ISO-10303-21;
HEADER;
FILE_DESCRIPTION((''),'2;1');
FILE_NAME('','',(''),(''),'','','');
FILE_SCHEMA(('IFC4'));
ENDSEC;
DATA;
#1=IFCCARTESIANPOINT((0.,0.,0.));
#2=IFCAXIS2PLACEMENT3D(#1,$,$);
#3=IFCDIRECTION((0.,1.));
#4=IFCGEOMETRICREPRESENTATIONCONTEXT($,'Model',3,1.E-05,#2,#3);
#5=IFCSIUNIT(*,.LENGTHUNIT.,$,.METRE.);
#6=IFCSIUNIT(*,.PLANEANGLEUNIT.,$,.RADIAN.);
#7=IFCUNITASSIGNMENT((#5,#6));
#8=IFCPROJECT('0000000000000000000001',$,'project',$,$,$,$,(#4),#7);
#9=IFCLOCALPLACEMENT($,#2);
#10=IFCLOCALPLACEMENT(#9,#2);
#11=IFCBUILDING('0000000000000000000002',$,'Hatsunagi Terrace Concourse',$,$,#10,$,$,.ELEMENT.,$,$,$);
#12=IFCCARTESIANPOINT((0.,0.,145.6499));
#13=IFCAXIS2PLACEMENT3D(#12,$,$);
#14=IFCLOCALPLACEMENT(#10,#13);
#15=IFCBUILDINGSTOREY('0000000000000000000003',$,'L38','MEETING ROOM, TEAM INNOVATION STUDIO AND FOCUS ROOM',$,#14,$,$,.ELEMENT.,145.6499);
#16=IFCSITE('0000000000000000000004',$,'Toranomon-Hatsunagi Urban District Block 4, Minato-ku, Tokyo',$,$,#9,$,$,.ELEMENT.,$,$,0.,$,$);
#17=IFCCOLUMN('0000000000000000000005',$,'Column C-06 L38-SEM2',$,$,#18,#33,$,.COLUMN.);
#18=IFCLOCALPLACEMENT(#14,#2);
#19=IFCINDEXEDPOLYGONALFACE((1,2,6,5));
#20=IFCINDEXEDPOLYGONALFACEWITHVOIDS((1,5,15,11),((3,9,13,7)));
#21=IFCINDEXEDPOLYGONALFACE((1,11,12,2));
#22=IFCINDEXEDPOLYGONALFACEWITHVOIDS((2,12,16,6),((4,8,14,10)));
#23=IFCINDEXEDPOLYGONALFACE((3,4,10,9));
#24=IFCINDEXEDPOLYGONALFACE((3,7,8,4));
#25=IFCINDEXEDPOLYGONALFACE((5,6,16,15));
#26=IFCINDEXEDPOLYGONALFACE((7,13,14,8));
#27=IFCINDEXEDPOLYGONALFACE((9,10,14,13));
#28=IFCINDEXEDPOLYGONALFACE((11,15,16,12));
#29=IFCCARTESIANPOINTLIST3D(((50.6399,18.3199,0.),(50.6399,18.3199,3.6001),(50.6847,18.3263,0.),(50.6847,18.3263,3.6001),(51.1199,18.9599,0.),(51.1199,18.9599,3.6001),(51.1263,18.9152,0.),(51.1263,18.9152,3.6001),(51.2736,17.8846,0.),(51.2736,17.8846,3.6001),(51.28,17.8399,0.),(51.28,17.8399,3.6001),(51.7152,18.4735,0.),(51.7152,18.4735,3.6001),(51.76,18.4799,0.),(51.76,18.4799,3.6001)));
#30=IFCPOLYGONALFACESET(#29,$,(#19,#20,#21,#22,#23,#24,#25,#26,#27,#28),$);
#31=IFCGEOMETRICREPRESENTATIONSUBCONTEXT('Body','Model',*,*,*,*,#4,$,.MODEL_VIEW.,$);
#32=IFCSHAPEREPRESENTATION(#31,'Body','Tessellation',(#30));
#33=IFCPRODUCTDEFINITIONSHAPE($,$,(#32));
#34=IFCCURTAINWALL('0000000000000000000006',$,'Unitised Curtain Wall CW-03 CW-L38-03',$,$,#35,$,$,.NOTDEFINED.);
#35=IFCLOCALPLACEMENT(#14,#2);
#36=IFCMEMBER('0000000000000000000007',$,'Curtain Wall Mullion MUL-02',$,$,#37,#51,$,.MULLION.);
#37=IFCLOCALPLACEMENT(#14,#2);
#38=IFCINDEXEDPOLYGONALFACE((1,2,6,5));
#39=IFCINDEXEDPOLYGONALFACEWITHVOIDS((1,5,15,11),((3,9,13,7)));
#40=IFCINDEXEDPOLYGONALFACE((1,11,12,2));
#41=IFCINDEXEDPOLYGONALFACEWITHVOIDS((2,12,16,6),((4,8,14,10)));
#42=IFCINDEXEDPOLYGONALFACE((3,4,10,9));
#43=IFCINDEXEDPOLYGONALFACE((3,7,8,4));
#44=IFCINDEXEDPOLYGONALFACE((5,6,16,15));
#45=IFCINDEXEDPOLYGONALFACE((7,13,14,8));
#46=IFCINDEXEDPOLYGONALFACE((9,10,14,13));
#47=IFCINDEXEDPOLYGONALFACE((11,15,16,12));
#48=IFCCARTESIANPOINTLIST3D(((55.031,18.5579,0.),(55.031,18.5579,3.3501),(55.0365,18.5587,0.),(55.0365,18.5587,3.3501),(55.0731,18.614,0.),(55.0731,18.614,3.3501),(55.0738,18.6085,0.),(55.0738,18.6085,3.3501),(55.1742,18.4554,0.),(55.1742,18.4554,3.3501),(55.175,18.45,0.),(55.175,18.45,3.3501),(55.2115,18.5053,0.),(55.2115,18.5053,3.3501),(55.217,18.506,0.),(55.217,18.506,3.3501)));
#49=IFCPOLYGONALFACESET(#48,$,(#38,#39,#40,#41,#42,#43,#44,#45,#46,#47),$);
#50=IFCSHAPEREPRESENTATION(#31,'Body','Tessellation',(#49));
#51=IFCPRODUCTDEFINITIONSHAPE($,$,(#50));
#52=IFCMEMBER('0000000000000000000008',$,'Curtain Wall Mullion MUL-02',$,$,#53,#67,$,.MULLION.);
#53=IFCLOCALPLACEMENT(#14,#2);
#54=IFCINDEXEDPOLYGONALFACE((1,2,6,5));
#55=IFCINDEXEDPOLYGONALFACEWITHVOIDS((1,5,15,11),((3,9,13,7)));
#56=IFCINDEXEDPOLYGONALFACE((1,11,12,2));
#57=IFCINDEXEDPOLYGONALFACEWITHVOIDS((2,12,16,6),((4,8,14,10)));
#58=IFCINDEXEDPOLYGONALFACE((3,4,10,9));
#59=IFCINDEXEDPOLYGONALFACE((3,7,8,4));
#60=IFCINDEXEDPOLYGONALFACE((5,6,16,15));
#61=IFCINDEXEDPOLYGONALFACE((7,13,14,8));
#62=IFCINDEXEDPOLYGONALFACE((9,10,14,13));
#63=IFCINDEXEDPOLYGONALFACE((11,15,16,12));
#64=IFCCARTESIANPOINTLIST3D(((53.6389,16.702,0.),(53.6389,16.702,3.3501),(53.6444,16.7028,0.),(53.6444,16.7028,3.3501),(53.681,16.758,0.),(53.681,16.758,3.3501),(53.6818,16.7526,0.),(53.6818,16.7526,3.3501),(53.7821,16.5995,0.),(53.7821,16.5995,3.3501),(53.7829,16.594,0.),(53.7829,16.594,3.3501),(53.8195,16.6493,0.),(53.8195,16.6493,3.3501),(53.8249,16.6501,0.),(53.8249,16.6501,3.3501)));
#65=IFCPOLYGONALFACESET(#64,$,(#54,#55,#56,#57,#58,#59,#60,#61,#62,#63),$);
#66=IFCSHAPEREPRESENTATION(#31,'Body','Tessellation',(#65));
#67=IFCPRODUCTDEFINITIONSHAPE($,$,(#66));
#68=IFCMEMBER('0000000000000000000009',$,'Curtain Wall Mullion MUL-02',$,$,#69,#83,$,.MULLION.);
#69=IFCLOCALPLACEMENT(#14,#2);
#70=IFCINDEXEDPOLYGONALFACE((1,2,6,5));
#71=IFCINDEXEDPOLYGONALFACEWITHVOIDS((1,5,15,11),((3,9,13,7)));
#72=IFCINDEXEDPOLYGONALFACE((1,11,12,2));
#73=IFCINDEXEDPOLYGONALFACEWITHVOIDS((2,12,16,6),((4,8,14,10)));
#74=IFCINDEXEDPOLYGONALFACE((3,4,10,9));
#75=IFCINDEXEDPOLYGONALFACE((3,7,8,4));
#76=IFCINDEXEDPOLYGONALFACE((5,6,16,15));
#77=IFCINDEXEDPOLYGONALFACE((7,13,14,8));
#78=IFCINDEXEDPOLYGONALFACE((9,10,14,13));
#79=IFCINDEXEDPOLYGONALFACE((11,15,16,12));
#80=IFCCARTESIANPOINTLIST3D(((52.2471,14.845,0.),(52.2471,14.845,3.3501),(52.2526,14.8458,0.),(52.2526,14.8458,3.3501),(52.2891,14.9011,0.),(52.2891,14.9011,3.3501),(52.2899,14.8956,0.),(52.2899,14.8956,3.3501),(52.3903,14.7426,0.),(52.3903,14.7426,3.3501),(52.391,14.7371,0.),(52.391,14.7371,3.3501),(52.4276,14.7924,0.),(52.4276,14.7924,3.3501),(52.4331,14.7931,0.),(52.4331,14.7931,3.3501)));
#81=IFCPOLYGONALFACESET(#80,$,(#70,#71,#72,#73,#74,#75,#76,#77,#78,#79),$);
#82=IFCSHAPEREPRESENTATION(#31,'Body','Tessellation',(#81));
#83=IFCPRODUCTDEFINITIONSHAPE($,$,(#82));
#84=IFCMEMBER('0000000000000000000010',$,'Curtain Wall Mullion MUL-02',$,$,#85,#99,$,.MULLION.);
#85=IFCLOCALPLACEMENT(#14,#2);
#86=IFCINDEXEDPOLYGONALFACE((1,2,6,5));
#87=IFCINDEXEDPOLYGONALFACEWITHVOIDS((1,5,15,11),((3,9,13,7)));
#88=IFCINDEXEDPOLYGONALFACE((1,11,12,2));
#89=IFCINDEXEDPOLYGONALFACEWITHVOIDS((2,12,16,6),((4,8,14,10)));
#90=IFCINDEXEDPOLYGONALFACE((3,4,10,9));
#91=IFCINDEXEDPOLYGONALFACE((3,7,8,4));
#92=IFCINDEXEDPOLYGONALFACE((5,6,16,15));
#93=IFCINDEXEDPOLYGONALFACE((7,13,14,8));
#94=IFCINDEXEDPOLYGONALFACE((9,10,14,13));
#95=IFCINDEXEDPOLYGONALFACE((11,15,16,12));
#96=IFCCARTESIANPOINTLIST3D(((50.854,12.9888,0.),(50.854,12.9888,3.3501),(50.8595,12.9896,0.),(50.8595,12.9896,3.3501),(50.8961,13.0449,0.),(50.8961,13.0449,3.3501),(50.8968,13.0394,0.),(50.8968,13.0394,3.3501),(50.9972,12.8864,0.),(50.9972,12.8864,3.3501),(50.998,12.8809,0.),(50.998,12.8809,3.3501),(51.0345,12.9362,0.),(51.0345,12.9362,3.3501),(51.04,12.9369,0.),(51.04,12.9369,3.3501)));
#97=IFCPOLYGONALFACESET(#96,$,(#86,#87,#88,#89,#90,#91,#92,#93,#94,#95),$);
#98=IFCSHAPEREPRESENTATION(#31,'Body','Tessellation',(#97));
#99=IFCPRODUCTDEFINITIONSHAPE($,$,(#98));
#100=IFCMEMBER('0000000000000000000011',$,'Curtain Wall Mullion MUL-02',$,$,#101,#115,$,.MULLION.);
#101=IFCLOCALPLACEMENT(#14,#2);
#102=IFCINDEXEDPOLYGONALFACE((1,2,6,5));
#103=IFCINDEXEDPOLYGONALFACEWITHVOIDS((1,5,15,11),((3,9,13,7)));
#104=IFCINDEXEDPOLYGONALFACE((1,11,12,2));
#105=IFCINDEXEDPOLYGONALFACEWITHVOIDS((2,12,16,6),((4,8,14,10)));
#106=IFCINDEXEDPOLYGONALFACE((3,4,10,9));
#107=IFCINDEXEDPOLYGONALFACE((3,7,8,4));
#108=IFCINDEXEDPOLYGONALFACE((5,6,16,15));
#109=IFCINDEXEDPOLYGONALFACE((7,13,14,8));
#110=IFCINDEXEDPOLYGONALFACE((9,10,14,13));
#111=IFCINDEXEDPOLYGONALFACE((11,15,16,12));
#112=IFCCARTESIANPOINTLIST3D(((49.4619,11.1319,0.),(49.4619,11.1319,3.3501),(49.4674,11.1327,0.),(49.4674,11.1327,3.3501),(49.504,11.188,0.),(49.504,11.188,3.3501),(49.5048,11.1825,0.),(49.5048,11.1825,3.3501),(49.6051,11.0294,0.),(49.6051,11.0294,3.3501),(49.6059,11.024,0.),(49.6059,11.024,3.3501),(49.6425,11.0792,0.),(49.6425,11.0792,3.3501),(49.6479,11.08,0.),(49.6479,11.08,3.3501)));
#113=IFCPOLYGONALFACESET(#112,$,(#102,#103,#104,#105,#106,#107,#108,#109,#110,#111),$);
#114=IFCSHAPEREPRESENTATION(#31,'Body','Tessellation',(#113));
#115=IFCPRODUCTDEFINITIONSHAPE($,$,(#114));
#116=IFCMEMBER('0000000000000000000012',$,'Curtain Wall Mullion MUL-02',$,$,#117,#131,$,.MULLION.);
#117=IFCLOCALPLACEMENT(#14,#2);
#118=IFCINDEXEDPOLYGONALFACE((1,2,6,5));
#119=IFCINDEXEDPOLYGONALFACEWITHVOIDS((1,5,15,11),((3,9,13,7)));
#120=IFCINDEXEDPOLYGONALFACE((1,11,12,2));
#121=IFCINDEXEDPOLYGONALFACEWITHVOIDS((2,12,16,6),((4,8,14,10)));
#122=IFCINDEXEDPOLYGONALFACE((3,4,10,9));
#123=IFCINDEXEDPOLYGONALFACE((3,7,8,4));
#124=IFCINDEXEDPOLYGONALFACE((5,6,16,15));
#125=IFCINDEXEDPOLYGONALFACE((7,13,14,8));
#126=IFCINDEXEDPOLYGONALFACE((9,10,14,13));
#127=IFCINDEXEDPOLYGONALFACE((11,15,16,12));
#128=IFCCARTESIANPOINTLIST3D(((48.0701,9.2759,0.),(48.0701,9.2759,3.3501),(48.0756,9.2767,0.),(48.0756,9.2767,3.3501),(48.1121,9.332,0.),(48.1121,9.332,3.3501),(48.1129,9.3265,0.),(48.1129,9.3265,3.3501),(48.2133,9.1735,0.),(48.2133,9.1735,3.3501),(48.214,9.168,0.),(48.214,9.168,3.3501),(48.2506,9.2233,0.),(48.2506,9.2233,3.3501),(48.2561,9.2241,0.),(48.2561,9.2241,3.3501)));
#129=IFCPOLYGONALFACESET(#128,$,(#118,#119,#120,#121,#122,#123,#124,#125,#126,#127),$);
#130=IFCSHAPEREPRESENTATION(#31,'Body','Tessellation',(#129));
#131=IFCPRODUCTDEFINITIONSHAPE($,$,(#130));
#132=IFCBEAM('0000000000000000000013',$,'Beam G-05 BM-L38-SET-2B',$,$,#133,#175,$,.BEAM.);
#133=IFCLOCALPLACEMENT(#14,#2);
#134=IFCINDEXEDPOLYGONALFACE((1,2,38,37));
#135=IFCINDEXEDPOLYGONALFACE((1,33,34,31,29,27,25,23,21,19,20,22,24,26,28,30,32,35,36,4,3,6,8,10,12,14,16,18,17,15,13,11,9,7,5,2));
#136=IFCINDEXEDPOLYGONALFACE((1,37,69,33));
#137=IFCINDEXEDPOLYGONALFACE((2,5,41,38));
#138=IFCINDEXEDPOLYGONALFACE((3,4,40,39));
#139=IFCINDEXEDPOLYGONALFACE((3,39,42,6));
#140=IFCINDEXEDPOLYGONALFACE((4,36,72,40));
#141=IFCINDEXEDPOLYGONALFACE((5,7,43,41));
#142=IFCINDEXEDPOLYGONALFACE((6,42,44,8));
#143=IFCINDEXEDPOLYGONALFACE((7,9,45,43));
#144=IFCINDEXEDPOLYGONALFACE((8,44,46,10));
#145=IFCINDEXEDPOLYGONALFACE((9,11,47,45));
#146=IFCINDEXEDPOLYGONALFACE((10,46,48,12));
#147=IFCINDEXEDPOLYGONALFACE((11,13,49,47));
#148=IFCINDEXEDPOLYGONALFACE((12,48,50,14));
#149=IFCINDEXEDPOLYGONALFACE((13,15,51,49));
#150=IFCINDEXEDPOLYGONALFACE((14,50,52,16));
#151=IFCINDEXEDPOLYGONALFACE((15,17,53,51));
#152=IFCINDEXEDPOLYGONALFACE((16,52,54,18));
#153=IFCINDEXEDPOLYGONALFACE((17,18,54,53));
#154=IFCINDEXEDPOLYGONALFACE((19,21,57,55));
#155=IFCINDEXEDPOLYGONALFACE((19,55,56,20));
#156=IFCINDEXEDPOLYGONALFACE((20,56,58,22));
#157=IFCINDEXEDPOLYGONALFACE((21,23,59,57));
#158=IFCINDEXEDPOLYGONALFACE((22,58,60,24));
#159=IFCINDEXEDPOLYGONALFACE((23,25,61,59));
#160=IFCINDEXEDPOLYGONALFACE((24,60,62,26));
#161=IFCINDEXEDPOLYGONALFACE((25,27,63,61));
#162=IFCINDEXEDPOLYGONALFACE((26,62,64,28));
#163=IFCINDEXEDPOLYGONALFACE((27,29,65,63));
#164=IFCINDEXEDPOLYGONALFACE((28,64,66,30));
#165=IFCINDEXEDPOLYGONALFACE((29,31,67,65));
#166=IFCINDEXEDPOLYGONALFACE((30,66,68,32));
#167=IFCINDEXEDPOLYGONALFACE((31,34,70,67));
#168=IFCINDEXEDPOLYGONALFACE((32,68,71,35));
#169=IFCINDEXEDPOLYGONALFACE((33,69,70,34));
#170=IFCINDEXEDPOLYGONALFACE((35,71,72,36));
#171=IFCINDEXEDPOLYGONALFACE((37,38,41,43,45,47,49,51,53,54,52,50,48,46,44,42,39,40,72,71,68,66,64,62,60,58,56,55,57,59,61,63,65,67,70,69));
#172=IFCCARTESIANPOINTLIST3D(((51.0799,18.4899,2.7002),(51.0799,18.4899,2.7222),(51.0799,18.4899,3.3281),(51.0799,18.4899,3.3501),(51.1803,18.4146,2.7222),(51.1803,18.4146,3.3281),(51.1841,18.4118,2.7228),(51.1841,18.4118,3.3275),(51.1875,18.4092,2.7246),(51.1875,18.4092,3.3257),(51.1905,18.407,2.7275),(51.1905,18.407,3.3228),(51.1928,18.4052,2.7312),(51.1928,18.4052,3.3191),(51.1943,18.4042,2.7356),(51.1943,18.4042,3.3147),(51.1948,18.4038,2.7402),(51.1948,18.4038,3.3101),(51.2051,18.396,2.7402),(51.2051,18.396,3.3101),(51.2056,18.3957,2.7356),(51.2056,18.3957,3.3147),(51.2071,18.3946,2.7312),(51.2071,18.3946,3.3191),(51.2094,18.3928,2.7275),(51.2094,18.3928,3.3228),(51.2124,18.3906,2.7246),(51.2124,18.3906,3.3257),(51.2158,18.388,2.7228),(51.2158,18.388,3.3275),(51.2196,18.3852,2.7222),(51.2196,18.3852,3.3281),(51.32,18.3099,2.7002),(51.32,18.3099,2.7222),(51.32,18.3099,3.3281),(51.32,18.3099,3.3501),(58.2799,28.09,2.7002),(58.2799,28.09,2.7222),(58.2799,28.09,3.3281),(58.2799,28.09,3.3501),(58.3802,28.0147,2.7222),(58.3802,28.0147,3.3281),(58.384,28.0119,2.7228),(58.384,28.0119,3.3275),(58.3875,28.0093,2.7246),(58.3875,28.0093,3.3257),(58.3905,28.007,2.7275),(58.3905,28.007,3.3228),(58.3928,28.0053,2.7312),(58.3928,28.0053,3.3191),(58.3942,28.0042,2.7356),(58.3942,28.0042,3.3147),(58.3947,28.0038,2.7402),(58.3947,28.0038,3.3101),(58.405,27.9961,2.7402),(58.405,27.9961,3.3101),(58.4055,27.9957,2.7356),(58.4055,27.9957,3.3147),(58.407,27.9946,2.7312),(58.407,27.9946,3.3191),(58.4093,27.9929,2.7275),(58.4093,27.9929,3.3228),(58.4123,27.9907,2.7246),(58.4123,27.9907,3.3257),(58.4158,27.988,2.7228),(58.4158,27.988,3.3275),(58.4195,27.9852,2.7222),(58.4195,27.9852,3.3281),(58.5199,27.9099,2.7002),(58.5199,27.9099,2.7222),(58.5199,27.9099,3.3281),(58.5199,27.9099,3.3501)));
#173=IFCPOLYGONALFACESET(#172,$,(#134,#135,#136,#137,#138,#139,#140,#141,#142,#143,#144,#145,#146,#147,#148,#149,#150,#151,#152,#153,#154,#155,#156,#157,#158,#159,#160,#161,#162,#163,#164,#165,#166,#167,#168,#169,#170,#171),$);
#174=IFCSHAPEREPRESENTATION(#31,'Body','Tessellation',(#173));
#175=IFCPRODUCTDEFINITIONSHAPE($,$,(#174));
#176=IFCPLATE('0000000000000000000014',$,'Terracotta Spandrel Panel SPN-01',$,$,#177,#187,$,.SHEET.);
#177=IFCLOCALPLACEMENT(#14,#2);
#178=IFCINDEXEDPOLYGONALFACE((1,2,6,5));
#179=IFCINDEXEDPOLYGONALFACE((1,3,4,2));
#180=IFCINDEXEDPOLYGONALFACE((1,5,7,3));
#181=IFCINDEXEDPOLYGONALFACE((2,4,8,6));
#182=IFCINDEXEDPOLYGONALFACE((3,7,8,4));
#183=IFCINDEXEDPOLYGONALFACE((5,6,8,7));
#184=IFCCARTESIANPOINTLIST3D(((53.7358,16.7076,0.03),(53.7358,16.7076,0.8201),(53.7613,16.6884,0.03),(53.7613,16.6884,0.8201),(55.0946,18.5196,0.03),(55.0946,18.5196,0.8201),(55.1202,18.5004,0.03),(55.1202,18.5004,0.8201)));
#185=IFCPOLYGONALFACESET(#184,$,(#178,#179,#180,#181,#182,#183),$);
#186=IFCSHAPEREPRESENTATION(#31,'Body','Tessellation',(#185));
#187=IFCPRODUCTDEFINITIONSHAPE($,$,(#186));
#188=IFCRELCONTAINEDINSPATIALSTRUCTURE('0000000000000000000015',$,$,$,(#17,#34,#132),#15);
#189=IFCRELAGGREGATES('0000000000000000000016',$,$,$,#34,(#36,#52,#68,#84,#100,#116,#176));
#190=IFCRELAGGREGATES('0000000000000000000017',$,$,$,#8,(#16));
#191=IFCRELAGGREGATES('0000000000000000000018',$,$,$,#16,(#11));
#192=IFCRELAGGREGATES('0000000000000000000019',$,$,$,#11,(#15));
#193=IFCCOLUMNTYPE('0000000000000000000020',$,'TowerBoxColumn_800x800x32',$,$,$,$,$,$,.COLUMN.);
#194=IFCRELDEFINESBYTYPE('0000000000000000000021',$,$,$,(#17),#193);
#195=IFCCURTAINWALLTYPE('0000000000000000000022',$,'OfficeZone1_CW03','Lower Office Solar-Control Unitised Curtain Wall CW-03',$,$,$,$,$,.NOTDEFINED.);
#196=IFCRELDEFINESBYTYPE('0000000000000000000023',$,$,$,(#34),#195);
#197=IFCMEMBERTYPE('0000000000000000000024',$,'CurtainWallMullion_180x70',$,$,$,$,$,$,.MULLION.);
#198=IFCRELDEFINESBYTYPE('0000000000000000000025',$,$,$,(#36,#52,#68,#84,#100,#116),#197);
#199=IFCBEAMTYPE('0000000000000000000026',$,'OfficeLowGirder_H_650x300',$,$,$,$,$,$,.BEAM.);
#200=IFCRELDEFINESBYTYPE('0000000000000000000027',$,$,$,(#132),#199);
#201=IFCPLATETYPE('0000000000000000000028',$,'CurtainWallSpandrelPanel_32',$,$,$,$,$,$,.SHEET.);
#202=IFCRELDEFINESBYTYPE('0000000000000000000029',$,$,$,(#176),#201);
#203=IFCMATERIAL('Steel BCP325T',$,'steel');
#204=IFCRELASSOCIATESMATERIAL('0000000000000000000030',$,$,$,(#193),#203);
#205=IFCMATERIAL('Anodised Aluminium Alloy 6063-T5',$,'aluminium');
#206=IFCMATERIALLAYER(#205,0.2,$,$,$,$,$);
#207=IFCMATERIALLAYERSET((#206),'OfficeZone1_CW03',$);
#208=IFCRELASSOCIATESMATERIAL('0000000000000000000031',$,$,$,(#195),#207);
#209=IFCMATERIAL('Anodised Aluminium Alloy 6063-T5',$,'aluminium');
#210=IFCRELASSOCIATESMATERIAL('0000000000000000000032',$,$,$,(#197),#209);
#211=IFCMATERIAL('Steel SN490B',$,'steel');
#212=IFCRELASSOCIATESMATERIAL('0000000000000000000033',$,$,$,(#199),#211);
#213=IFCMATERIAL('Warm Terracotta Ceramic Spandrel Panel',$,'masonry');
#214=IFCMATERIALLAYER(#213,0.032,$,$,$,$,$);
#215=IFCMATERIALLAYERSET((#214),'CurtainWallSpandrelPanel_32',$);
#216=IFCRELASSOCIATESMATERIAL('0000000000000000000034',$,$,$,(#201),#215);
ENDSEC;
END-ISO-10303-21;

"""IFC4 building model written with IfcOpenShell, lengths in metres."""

from ifc_helpers import new_model, si_unit, direction, frame, origin, origin_2d, place, context, subcontext, project, spatial, rectangle, hollow_rectangle, i_section, extrude, material, layer, layer_set, material_profile, profile_set, type_object, element, aggregate, save


model = new_model("IFC4")

# Units and contexts
model_context = context("Model", 3, precision=1e-05, world=origin(), true_north=direction((0.0, 1.0)))
body_context = subcontext(model_context, "Body", "Model", "MODEL_VIEW")
ifc_project = project(units=[si_unit("LENGTHUNIT", "METRE"), si_unit("PLANEANGLEUNIT", "RADIAN")], contexts=[model_context])

# Site, building, storey
site_placement = place(None, origin())
site = spatial("IfcSite", under=ifc_project, at=site_placement, Name="Toranomon-Hatsunagi Urban District Block 4, Minato-ku, Tokyo", CompositionType="ELEMENT", RefElevation=0.0)
building_placement = place(site_placement, origin())
building = spatial("IfcBuilding", under=site, at=building_placement, Name="Hatsunagi Terrace Concourse", CompositionType="ELEMENT")
storey_placement = place(building_placement, frame((0.0, 0.0, 145.6499)))
storey = spatial("IfcBuildingStorey", under=building, at=storey_placement, Name="L38", Description="MEETING ROOM, TEAM INNOVATION STUDIO AND FOCUS ROOM", CompositionType="ELEMENT", Elevation=145.6499)

# Column
ifc_material_1 = material(Name="Steel BCP325T", Category="steel")
ifc_material_profile_1 = material_profile(ifc_material_1, hollow_rectangle(XDim=0.8, YDim=0.8, WallThickness=0.032, at=origin_2d()), Name="BCP-800x800x32")
ifc_profile_set_1 = profile_set([ifc_material_profile_1], Name="Steel BCP325T")
column_type = type_object("IfcColumnType", Name="TowerBoxColumn_800x800x32", PredefinedType="COLUMN", material=ifc_profile_set_1)
column_placement = place(storey_placement, frame((51.2, 18.3999, 0.0), z_axis=(0.0, 0.0, 1.0), x_axis=(0.8, -0.6, 0.0)))
element("IfcColumn", 1, at=column_placement, inside=storey, type_object=column_type, Name="Column C-06 L38-SEM2", PredefinedType="COLUMN", context=body_context, shape_type="SweptSolid", body=[
    extrude(hollow_rectangle(XDim=0.8, YDim=0.8, WallThickness=0.032, at=origin_2d()), origin(), (0.0, 0.0, 1.0), 3.6001),
])

# Curtain wall, members
ifc_material_2 = material(Name="Anodised Aluminium Alloy 6063-T5", Category="aluminium")
ifc_layer_1 = layer(ifc_material_2, 0.2)
ifc_layer_set_1 = layer_set([ifc_layer_1], Name="OfficeZone1_CW03")
curtain_wall_type = type_object("IfcCurtainWallType", Name="OfficeZone1_CW03", Description="Lower Office Solar-Control Unitised Curtain Wall CW-03", PredefinedType="NOTDEFINED", material=ifc_layer_set_1)
curtain_wall_placement = place(storey_placement, origin())
curtain_wall = element("IfcCurtainWall", 2, at=curtain_wall_placement, inside=storey, type_object=curtain_wall_type, Name="Unitised Curtain Wall CW-03 CW-L38-03", PredefinedType="NOTDEFINED")
ifc_material_3 = material(Name="Anodised Aluminium Alloy 6063-T5", Category="aluminium")
ifc_material_profile_2 = material_profile(ifc_material_3, hollow_rectangle(XDim=0.0701, YDim=0.1799, WallThickness=0.0039, at=origin_2d()), Name="ALU-MUL-180x70x4")
ifc_profile_set_2 = profile_set([ifc_material_profile_2], Name="Anodised Aluminium Alloy 6063-T5")
member_type = type_object("IfcMemberType", Name="CurtainWallMullion_180x70", PredefinedType="MULLION", material=ifc_profile_set_2)
member_1_placement = place(storey_placement, frame((55.124, 18.532, 0.0), z_axis=(0.0, 0.0, 1.0), x_axis=(-0.599969, -0.800023, 0.0)))
member_1 = element("IfcMember", 3, at=member_1_placement, type_object=member_type, Name="Curtain Wall Mullion MUL-02", PredefinedType="MULLION", context=body_context, shape_type="SweptSolid", body=[
    extrude(hollow_rectangle(XDim=0.0701, YDim=0.1799, WallThickness=0.0039, at=origin_2d()), origin(), (0.0, 0.0, 1.0), 3.3501),
])
member_2_placement = place(storey_placement, frame((53.7319, 16.676, 0.0), z_axis=(0.0, 0.0, 1.0), x_axis=(-0.599969, -0.800023, 0.0)))
member_2 = element("IfcMember", 4, at=member_2_placement, type_object=member_type, Name="Curtain Wall Mullion MUL-02", PredefinedType="MULLION", context=body_context, shape_type="SweptSolid", body=[
    extrude(hollow_rectangle(XDim=0.0701, YDim=0.1799, WallThickness=0.0039, at=origin_2d()), origin(), (0.0, 0.0, 1.0), 3.3501),
])
member_3_placement = place(storey_placement, frame((52.3401, 14.8191, 0.0), z_axis=(0.0, 0.0, 1.0), x_axis=(-0.599969, -0.800023, 0.0)))
member_3 = element("IfcMember", 5, at=member_3_placement, type_object=member_type, Name="Curtain Wall Mullion MUL-02", PredefinedType="MULLION", context=body_context, shape_type="SweptSolid", body=[
    extrude(hollow_rectangle(XDim=0.0701, YDim=0.1799, WallThickness=0.0039, at=origin_2d()), origin(), (0.0, 0.0, 1.0), 3.3501),
])
member_4_placement = place(storey_placement, frame((50.947, 12.9629, 0.0), z_axis=(0.0, 0.0, 1.0), x_axis=(-0.599969, -0.800023, 0.0)))
member_4 = element("IfcMember", 6, at=member_4_placement, type_object=member_type, Name="Curtain Wall Mullion MUL-02", PredefinedType="MULLION", context=body_context, shape_type="SweptSolid", body=[
    extrude(hollow_rectangle(XDim=0.0701, YDim=0.1799, WallThickness=0.0039, at=origin_2d()), origin(), (0.0, 0.0, 1.0), 3.3501),
])
member_5_placement = place(storey_placement, frame((49.5549, 11.106, 0.0), z_axis=(0.0, 0.0, 1.0), x_axis=(-0.599969, -0.800023, 0.0)))
member_5 = element("IfcMember", 7, at=member_5_placement, type_object=member_type, Name="Curtain Wall Mullion MUL-02", PredefinedType="MULLION", context=body_context, shape_type="SweptSolid", body=[
    extrude(hollow_rectangle(XDim=0.0701, YDim=0.1799, WallThickness=0.0039, at=origin_2d()), origin(), (0.0, 0.0, 1.0), 3.3501),
])
member_6_placement = place(storey_placement, frame((48.1631, 9.25, 0.0), z_axis=(0.0, 0.0, 1.0), x_axis=(-0.599969, -0.800023, 0.0)))
member_6 = element("IfcMember", 8, at=member_6_placement, type_object=member_type, Name="Curtain Wall Mullion MUL-02", PredefinedType="MULLION", context=body_context, shape_type="SweptSolid", body=[
    extrude(hollow_rectangle(XDim=0.0701, YDim=0.1799, WallThickness=0.0039, at=origin_2d()), origin(), (0.0, 0.0, 1.0), 3.3501),
])

# Beam
ifc_material_4 = material(Name="Steel SN490B", Category="steel")
ifc_material_profile_3 = material_profile(ifc_material_4, i_section(OverallWidth=0.3, OverallDepth=0.6499, WebThickness=0.0129, FlangeThickness=0.022, FilletRadius=0.0181, at=origin_2d()), Name="H-650x300x13x22")
ifc_profile_set_3 = profile_set([ifc_material_profile_3], Name="Steel SN490B")
beam_type = type_object("IfcBeamType", Name="OfficeLowGirder_H_650x300", PredefinedType="BEAM", material=ifc_profile_set_3)
beam_placement = place(storey_placement, frame((51.2, 18.3999, 3.0251), z_axis=(0.599993, 0.800005, 0.0), x_axis=(-0.800005, 0.599993, 0.0)))
element("IfcBeam", 9, at=beam_placement, inside=storey, type_object=beam_type, Name="Beam G-05 BM-L38-SET-2B", PredefinedType="BEAM", context=body_context, shape_type="SweptSolid", body=[
    extrude(i_section(OverallWidth=0.3, OverallDepth=0.6499, WebThickness=0.0129, FlangeThickness=0.022, FilletRadius=0.0181, at=origin_2d()), origin(), (0.0, 0.0, 1.0), 12.0),
])

# Plate
ifc_material_5 = material(Name="Warm Terracotta Ceramic Spandrel Panel", Category="masonry")
ifc_layer_2 = layer(ifc_material_5, 0.032)
ifc_layer_set_2 = layer_set([ifc_layer_2], Name="CurtainWallSpandrelPanel_32")
plate_type_1 = type_object("IfcPlateType", Name="CurtainWallSpandrelPanel_32", PredefinedType="SHEET", material=ifc_layer_set_2)
plate_1_placement = place(storey_placement, frame((54.428, 17.604, 0.03), z_axis=(0.0, 0.0, 1.0), x_axis=(-0.599969, -0.800023, 0.0)))
plate_1 = element("IfcPlate", 10, at=plate_1_placement, type_object=plate_type_1, Name="Terracotta Spandrel Panel SPN-01", PredefinedType="SHEET", context=body_context, shape_type="SweptSolid", body=[
    extrude(rectangle(XDim=2.2649, YDim=0.032, at=origin_2d()), origin(), (0.0, 0.0, 1.0), 0.79),
])
aggregate(curtain_wall, [member_1, member_2, member_3, member_4, member_5, member_6, plate_1])

save(model, "model.ifc")
